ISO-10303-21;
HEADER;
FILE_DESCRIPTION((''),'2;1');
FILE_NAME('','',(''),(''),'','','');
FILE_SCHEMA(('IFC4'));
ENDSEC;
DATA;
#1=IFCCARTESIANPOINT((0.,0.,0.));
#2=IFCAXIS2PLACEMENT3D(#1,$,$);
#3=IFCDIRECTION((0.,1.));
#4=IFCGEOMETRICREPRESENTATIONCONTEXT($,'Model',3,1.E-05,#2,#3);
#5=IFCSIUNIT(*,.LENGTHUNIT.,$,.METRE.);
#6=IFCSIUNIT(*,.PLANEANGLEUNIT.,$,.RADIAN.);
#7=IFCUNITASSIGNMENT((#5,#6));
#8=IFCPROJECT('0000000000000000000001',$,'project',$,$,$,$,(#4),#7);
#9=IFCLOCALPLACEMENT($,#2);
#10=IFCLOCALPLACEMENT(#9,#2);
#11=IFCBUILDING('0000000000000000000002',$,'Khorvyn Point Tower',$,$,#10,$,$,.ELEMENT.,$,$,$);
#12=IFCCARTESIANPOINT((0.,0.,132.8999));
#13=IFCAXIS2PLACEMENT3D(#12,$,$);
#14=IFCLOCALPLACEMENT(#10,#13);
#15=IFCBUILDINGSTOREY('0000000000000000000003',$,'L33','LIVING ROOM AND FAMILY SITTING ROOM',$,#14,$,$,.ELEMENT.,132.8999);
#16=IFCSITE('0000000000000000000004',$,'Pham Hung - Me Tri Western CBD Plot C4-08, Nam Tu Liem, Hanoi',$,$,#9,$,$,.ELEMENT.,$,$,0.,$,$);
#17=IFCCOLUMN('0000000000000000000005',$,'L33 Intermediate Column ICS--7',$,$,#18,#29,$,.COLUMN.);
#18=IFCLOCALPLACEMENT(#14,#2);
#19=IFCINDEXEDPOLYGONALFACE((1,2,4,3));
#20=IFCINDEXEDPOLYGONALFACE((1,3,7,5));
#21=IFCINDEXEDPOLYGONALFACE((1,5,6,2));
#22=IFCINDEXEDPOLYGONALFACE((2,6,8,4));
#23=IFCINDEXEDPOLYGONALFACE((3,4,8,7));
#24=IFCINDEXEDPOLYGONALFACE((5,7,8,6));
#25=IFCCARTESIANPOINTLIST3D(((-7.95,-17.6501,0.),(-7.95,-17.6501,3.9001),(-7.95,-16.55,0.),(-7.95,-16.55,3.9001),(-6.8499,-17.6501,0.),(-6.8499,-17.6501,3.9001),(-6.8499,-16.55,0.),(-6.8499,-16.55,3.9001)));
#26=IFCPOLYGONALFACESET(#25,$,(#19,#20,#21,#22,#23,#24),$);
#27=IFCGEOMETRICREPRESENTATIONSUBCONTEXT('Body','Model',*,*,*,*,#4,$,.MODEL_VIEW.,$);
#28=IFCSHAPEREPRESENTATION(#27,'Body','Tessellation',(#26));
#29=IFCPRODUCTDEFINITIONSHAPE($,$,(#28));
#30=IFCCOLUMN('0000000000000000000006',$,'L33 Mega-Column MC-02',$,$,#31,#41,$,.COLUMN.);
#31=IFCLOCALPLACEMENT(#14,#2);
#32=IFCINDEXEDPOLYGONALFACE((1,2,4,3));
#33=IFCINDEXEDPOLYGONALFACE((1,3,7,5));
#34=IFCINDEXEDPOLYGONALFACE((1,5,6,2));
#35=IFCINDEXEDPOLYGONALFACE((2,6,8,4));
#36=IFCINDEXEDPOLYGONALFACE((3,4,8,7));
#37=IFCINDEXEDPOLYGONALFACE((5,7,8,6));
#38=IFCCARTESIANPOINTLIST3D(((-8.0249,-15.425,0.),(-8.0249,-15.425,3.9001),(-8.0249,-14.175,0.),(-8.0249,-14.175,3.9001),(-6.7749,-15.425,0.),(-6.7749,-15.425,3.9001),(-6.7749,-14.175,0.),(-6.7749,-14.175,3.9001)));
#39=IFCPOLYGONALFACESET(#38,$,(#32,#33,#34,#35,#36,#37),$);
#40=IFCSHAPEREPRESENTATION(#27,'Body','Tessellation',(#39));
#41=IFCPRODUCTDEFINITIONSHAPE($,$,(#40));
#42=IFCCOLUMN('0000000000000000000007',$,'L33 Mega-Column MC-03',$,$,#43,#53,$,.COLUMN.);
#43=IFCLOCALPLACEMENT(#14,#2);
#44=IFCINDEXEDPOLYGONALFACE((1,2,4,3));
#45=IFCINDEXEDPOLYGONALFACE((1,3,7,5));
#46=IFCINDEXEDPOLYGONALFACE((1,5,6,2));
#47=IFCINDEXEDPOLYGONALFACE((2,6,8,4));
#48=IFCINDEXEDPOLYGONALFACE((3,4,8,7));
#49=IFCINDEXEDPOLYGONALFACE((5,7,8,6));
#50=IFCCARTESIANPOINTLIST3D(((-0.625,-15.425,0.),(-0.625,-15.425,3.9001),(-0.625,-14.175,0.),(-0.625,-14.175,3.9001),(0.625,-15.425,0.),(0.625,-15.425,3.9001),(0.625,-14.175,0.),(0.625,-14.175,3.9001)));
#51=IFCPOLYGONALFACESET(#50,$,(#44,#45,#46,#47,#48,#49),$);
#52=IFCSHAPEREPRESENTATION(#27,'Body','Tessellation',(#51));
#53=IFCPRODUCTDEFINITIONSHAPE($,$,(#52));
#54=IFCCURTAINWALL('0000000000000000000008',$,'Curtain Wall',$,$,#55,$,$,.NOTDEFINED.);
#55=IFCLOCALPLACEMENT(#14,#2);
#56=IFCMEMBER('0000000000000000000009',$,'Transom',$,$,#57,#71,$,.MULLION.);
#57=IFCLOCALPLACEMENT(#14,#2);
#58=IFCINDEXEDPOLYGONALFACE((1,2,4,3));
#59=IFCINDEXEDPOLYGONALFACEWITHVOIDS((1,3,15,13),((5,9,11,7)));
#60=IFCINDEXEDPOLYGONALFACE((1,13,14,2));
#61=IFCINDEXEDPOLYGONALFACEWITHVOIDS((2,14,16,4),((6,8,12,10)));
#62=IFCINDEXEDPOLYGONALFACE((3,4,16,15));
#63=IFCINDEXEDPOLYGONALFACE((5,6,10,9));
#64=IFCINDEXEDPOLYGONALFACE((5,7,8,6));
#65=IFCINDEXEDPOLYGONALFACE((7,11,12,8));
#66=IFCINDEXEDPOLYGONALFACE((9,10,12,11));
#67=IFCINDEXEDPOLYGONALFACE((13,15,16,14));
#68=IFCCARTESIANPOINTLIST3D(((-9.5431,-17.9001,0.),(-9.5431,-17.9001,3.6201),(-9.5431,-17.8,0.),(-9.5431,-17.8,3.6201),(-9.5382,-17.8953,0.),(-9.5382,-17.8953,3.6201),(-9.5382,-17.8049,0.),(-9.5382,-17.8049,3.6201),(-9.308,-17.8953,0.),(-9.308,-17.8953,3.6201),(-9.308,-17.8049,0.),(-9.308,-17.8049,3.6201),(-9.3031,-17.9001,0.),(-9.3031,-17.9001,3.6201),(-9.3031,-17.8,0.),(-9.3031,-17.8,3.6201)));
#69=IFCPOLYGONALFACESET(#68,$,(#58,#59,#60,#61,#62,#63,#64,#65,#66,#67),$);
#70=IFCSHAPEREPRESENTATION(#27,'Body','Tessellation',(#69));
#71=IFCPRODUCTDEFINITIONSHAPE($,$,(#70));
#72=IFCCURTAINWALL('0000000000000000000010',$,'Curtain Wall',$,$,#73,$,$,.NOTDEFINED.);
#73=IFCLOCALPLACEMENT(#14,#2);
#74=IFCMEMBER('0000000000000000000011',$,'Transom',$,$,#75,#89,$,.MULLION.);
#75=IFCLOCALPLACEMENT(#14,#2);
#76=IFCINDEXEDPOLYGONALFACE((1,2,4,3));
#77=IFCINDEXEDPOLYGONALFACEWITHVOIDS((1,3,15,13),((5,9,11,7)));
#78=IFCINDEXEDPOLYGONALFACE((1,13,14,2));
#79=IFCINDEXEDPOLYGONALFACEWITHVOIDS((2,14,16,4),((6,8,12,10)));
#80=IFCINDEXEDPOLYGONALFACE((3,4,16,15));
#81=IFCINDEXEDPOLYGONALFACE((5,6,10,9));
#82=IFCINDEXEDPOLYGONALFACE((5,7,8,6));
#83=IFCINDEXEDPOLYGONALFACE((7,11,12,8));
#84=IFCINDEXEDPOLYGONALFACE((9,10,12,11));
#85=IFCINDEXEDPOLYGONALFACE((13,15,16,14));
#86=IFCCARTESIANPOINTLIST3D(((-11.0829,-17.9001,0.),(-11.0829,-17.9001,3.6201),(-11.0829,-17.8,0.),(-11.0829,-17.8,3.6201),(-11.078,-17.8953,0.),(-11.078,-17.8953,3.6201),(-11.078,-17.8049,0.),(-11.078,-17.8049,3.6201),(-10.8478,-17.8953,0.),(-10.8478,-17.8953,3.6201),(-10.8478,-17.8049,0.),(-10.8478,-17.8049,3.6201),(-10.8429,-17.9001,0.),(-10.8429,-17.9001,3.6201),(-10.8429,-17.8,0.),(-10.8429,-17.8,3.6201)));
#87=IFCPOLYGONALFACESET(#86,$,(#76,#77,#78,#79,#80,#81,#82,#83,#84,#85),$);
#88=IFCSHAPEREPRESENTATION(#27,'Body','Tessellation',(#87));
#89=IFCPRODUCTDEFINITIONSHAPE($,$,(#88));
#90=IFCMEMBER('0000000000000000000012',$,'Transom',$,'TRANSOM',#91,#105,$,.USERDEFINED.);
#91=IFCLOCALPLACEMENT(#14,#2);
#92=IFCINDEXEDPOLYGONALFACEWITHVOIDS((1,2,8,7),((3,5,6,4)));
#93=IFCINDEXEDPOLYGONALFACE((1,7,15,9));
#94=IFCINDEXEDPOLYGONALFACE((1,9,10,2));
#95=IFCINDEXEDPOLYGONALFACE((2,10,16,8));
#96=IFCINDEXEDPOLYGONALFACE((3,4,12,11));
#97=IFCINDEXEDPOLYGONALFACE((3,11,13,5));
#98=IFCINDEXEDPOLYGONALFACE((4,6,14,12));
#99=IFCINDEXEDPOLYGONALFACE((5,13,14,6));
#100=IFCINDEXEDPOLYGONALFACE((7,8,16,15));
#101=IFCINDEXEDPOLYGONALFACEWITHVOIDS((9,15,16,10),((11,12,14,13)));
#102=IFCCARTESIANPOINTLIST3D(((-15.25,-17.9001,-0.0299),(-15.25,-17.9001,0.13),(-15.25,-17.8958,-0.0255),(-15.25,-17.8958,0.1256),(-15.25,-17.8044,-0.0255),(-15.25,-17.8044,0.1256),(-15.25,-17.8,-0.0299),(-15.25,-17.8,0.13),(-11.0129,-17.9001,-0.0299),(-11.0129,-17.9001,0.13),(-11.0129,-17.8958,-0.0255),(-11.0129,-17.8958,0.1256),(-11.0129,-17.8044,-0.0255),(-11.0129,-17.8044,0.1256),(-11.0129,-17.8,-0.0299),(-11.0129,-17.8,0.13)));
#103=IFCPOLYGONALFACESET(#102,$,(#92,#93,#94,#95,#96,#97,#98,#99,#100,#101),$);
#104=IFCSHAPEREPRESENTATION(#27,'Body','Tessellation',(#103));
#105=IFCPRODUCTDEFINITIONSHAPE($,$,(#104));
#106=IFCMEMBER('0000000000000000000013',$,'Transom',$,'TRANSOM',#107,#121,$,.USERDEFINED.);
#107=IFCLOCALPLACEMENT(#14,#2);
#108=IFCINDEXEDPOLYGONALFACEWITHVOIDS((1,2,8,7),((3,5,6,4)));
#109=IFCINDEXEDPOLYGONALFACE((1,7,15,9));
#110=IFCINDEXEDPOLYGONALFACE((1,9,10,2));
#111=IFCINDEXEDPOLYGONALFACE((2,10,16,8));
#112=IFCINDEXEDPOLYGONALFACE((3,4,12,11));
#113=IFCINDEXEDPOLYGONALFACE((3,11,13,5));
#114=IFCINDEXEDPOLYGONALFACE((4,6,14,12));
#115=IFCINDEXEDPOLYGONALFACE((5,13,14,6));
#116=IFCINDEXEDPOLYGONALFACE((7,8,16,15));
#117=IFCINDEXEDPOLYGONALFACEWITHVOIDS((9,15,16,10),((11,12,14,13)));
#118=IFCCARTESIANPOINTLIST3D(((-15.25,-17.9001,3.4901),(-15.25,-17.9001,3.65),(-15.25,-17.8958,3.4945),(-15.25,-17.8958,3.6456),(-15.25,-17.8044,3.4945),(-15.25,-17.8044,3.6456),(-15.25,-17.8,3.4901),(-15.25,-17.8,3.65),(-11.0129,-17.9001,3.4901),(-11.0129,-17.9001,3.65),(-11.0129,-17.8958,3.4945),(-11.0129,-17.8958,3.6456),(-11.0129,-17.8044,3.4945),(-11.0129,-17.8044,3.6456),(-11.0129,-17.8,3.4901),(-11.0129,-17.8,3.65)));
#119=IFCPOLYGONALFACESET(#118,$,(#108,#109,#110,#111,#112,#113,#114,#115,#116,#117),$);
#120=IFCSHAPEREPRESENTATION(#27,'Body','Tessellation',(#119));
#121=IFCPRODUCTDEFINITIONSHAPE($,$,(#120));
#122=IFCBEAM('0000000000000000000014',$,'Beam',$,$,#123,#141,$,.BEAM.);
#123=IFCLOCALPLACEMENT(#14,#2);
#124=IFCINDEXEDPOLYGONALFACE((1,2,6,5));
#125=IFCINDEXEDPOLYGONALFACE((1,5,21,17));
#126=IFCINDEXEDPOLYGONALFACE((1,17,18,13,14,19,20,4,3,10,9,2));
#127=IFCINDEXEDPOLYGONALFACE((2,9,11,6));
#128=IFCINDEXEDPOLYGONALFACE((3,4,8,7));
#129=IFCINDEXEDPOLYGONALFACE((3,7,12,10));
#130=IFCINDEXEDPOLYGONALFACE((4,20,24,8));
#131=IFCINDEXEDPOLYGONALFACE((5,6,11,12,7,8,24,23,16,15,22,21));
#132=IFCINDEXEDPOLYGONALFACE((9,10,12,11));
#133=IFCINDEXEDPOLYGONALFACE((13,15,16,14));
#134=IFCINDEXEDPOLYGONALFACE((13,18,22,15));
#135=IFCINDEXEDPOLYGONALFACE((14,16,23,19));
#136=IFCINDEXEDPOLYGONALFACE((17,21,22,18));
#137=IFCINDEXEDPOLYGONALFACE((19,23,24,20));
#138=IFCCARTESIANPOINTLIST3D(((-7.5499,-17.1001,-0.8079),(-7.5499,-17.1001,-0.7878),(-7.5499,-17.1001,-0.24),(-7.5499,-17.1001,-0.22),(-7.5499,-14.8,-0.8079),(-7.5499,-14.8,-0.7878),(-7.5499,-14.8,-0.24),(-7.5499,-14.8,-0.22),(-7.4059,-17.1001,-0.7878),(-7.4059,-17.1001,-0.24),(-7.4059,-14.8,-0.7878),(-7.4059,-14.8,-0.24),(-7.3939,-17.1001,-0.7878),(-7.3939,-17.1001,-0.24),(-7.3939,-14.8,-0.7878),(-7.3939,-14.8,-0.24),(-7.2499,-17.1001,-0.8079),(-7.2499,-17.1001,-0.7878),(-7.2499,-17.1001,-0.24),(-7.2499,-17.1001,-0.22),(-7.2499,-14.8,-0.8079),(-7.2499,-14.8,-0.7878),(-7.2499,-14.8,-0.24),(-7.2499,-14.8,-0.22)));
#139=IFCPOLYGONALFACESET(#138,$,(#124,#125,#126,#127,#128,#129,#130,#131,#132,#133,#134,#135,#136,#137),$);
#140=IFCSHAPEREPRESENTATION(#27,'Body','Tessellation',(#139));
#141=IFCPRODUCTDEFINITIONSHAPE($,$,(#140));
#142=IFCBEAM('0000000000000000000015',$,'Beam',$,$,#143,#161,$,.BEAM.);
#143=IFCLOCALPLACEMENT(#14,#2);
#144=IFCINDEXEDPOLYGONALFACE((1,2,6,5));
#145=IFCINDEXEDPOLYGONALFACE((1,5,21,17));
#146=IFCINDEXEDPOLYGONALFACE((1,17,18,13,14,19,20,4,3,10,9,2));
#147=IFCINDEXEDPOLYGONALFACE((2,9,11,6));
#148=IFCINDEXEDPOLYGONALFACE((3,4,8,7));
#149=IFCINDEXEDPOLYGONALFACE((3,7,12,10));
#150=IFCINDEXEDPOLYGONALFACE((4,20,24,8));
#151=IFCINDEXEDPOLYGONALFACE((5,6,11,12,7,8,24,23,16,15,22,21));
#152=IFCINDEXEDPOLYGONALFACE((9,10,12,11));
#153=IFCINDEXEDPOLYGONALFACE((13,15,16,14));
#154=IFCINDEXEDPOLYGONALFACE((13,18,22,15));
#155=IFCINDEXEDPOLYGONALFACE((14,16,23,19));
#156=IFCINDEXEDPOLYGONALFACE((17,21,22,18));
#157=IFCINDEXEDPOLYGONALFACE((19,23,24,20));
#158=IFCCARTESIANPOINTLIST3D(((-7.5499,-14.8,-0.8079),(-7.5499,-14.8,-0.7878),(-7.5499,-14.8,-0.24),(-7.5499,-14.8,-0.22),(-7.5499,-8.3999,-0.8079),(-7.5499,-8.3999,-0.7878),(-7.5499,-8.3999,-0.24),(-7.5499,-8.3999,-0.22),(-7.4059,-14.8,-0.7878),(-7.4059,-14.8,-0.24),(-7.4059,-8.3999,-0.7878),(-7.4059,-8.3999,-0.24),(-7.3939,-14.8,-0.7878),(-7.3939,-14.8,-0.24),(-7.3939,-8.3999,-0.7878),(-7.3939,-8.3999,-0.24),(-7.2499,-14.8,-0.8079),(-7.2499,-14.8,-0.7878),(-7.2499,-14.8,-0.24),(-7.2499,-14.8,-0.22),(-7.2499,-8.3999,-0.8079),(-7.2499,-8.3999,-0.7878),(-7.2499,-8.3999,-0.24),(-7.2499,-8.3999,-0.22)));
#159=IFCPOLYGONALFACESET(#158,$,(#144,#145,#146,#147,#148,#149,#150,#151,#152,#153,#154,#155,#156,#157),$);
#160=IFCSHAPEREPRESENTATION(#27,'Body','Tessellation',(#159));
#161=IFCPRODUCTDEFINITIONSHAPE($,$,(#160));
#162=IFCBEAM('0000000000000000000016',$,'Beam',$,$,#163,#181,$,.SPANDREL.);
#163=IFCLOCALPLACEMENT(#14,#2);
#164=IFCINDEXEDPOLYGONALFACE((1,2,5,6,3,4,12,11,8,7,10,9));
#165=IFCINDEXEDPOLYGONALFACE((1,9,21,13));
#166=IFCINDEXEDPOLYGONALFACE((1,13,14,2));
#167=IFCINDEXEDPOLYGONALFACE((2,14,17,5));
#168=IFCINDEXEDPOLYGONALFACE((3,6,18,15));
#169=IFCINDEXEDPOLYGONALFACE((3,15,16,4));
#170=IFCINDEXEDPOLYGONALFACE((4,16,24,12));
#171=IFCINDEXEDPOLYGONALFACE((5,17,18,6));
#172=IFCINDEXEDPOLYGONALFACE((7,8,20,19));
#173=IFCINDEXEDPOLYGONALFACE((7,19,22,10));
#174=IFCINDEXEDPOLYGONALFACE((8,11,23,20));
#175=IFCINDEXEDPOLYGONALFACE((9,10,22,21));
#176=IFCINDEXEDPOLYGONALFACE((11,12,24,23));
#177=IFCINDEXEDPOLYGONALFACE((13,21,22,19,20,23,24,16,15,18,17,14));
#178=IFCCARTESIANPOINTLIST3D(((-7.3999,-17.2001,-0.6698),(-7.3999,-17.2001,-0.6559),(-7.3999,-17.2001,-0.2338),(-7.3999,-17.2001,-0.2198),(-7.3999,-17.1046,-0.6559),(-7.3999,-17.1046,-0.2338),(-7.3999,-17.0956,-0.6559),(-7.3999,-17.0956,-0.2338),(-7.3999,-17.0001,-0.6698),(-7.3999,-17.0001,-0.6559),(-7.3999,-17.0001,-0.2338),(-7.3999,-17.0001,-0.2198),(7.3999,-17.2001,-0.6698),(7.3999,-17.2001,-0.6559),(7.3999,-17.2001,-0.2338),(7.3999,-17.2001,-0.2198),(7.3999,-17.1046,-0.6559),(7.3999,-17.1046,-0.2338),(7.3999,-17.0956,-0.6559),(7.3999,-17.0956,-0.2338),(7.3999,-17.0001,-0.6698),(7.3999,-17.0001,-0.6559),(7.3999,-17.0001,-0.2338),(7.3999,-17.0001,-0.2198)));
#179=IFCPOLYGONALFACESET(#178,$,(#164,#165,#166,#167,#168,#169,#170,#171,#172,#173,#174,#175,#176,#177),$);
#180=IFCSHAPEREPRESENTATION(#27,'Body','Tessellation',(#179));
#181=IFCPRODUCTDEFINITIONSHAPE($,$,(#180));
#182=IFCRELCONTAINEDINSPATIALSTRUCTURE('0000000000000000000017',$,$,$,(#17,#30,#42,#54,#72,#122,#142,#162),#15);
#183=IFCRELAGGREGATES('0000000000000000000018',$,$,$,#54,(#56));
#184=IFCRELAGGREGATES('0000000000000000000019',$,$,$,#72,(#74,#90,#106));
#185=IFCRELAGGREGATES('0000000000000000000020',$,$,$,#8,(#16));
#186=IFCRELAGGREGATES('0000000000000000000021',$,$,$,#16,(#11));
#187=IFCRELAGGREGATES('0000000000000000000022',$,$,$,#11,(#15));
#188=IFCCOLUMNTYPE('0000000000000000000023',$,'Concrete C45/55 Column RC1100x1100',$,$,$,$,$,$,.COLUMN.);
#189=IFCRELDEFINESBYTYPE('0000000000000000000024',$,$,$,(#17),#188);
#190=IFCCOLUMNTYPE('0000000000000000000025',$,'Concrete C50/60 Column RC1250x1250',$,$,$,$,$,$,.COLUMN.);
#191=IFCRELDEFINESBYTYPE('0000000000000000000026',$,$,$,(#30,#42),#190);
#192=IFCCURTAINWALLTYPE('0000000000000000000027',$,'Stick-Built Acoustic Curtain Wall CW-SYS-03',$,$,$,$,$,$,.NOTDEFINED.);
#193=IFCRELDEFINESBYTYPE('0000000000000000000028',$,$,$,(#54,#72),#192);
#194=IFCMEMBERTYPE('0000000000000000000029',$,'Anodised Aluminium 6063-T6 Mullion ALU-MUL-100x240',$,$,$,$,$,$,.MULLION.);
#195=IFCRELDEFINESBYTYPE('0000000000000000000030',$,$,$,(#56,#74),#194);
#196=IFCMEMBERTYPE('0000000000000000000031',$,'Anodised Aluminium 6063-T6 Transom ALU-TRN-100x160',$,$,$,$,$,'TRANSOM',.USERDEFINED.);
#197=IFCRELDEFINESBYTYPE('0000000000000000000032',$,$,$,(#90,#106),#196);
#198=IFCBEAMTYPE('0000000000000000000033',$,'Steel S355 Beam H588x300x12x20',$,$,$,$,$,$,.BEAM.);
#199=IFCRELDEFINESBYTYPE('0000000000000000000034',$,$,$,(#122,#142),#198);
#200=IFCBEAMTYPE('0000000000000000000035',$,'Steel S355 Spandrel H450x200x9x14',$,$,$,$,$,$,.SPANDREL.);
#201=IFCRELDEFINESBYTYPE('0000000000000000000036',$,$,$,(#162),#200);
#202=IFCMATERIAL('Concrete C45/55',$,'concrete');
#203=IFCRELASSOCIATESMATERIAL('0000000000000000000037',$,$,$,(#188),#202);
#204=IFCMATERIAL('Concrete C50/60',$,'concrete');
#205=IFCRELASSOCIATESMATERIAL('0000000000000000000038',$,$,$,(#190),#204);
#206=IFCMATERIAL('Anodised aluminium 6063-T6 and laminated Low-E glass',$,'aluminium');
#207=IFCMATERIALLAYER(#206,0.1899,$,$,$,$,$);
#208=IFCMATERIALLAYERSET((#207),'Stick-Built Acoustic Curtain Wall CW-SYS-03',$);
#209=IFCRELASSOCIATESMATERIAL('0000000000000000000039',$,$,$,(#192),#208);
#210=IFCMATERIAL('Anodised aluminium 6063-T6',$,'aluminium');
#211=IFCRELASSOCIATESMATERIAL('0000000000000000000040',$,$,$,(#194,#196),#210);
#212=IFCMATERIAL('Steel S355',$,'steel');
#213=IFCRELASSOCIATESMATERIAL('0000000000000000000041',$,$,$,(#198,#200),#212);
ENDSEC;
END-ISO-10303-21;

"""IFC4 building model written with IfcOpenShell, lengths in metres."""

from ifc_helpers import new_model, si_unit, direction, frame, origin, origin_2d, place, context, subcontext, project, spatial, rectangle, hollow_rectangle, i_section, extrude, material, layer, layer_set, material_profile, profile_set, type_object, element, aggregate, save


model = new_model("IFC4")

# Units and contexts
model_context = context("Model", 3, precision=1e-05, world=origin(), true_north=direction((0.0, 1.0)))
body_context = subcontext(model_context, "Body", "Model", "MODEL_VIEW")
ifc_project = project(units=[si_unit("LENGTHUNIT", "METRE"), si_unit("PLANEANGLEUNIT", "RADIAN")], contexts=[model_context])

# Site, building, storey
site_placement = place(None, origin())
site = spatial("IfcSite", under=ifc_project, at=site_placement, Name="Pham Hung - Me Tri Western CBD Plot C4-08, Nam Tu Liem, Hanoi", CompositionType="ELEMENT", RefElevation=0.0)
building_placement = place(site_placement, origin())
building = spatial("IfcBuilding", under=site, at=building_placement, Name="Khorvyn Point Tower", CompositionType="ELEMENT")
storey_placement = place(building_placement, frame((0.0, 0.0, 132.8999)))
storey = spatial("IfcBuildingStorey", under=building, at=storey_placement, Name="L33", Description="LIVING ROOM AND FAMILY SITTING ROOM", CompositionType="ELEMENT", Elevation=132.8999)

# Columns
ifc_material_1 = material(Name="Concrete C45/55", Category="concrete")
ifc_material_profile_1 = material_profile(ifc_material_1, rectangle(XDim=1.1001, YDim=1.1001, at=origin_2d()))
ifc_profile_set_1 = profile_set([ifc_material_profile_1], Name="Concrete C45/55 RC1100x1100")
column_type_1 = type_object("IfcColumnType", Name="Concrete C45/55 Column RC1100x1100", PredefinedType="COLUMN", material=ifc_profile_set_1)
column_placement = place(storey_placement, frame((-7.3999, -17.1001, 0.0), z_axis=(0.0, 0.0, 1.0), x_axis=(1.0, 0.0, 0.0)))
element("IfcColumn", 1, at=column_placement, inside=storey, type_object=column_type_1, Name="L33 Intermediate Column ICS--7", PredefinedType="COLUMN", context=body_context, shape_type="SweptSolid", body=[
    extrude(rectangle(XDim=1.1001, YDim=1.1001, at=origin_2d()), origin(), (0.0, 0.0, 1.0), 3.9001),
])
ifc_material_2 = material(Name="Concrete C50/60", Category="concrete")
ifc_material_profile_2 = material_profile(ifc_material_2, rectangle(XDim=1.25, YDim=1.25, at=origin_2d()))
ifc_profile_set_2 = profile_set([ifc_material_profile_2], Name="Concrete C50/60 RC1250x1250")
column_type_2 = type_object("IfcColumnType", Name="Concrete C50/60 Column RC1250x1250", PredefinedType="COLUMN", material=ifc_profile_set_2)
for number, where, z_axis, x_axis, name in (
    (2, (-7.3999, -14.8, 0.0), (0.0, 0.0, 1.0), (1.0, 0.0, 0.0), "L33 Mega-Column MC-02"),
    (3, (0.0, -14.8, 0.0), (0.0, 0.0, 1.0), (1.0, 0.0, 0.0), "L33 Mega-Column MC-03"),
):
    element("IfcColumn", number, at=place(storey_placement, frame(where, z_axis=z_axis, x_axis=x_axis)), inside=storey, type_object=column_type_2, Name=name, PredefinedType="COLUMN", context=body_context, shape_type="SweptSolid", body=[
        extrude(rectangle(XDim=1.25, YDim=1.25, at=origin_2d()), origin(), (0.0, 0.0, 1.0), 3.9001),
    ])

# Curtain wall, member
ifc_material_3 = material(Name="Anodised aluminium 6063-T6 and laminated Low-E glass", Category="aluminium")
ifc_layer_1 = layer(ifc_material_3, 0.1899)
ifc_layer_set_1 = layer_set([ifc_layer_1], Name="Stick-Built Acoustic Curtain Wall CW-SYS-03")
curtain_wall_type = type_object("IfcCurtainWallType", Name="Stick-Built Acoustic Curtain Wall CW-SYS-03", PredefinedType="NOTDEFINED", material=ifc_layer_set_1)
curtain_wall_1_placement = place(storey_placement, origin())
curtain_wall_1 = element("IfcCurtainWall", 4, at=curtain_wall_1_placement, inside=storey, type_object=curtain_wall_type, Name="Curtain Wall", PredefinedType="NOTDEFINED")
ifc_material_4 = material(Name="Anodised aluminium 6063-T6", Category="aluminium")
ifc_material_profile_3 = material_profile(ifc_material_4, hollow_rectangle(XDim=0.1001, YDim=0.24, WallThickness=0.0049, at=origin_2d()))
ifc_profile_set_3 = profile_set([ifc_material_profile_3], Name="Anodised aluminium 6063-T6 ALU-MUL-100x240")
member_type_1 = type_object("IfcMemberType", Name="Anodised Aluminium 6063-T6 Mullion ALU-MUL-100x240", PredefinedType="MULLION", material=ifc_profile_set_3)
member_1_placement = place(storey_placement, frame((-9.4231, -17.8501, 0.0), z_axis=(0.0, 0.0, 1.0), x_axis=(0.0, -1.0, 0.0)))
member_1 = element("IfcMember", 5, at=member_1_placement, type_object=member_type_1, Name="Transom", PredefinedType="MULLION", context=body_context, shape_type="SweptSolid", body=[
    extrude(hollow_rectangle(XDim=0.1001, YDim=0.24, WallThickness=0.0049, at=origin_2d()), origin(), (0.0, 0.0, 1.0), 3.6201),
])

# Curtain wall, members
curtain_wall_2_placement = place(storey_placement, origin())
curtain_wall_2 = element("IfcCurtainWall", 6, at=curtain_wall_2_placement, inside=storey, type_object=curtain_wall_type, Name="Curtain Wall", PredefinedType="NOTDEFINED")
member_2_placement = place(storey_placement, frame((-10.9629, -17.8501, 0.0), z_axis=(0.0, 0.0, 1.0), x_axis=(0.0, -1.0, 0.0)))
member_2 = element("IfcMember", 7, at=member_2_placement, type_object=member_type_1, Name="Transom", PredefinedType="MULLION", context=body_context, shape_type="SweptSolid", body=[
    extrude(hollow_rectangle(XDim=0.1001, YDim=0.24, WallThickness=0.0049, at=origin_2d()), origin(), (0.0, 0.0, 1.0), 3.6201),
])
ifc_material_profile_4 = material_profile(ifc_material_4, hollow_rectangle(XDim=0.1001, YDim=0.1599, WallThickness=0.0044, at=origin_2d()))
ifc_profile_set_4 = profile_set([ifc_material_profile_4], Name="Anodised aluminium 6063-T6 ALU-TRN-100x160")
member_type_2 = type_object("IfcMemberType", Name="Anodised Aluminium 6063-T6 Transom ALU-TRN-100x160", ElementType="TRANSOM", PredefinedType="USERDEFINED", material=ifc_profile_set_4)
member_3_placement = place(storey_placement, frame((-11.0129, -17.8501, 0.05), z_axis=(-1.0, 0.0, 0.0), x_axis=(0.0, -1.0, 0.0)))
member_3 = element("IfcMember", 8, at=member_3_placement, type_object=member_type_2, Name="Transom", ObjectType="TRANSOM", PredefinedType="USERDEFINED", context=body_context, shape_type="SweptSolid", body=[
    extrude(hollow_rectangle(XDim=0.1001, YDim=0.1599, WallThickness=0.0044, at=origin_2d()), origin(), (0.0, 0.0, 1.0), 4.2371),
])
member_4_placement = place(storey_placement, frame((-11.0129, -17.8501, 3.5701), z_axis=(-1.0, 0.0, 0.0), x_axis=(0.0, -1.0, 0.0)))
member_4 = element("IfcMember", 9, at=member_4_placement, type_object=member_type_2, Name="Transom", ObjectType="TRANSOM", PredefinedType="USERDEFINED", context=body_context, shape_type="SweptSolid", body=[
    extrude(hollow_rectangle(XDim=0.1001, YDim=0.1599, WallThickness=0.0044, at=origin_2d()), origin(), (0.0, 0.0, 1.0), 4.2371),
])

# Beams
ifc_material_5 = material(Name="Steel S355", Category="steel")
ifc_material_profile_5 = material_profile(ifc_material_5, i_section(OverallWidth=0.3, OverallDepth=0.5879, WebThickness=0.012, FlangeThickness=0.02, at=origin_2d()))
ifc_profile_set_5 = profile_set([ifc_material_profile_5], Name="Steel S355 H588x300x12x20")
beam_type_1 = type_object("IfcBeamType", Name="Steel S355 Beam H588x300x12x20", PredefinedType="BEAM", material=ifc_profile_set_5)
beam_1_placement = place(storey_placement, frame((-7.3999, -17.1001, -0.5139), z_axis=(0.0, 1.0, 0.0), x_axis=(-1.0, 0.0, 0.0)))
element("IfcBeam", 10, at=beam_1_placement, inside=storey, type_object=beam_type_1, Name="Beam", PredefinedType="BEAM", context=body_context, shape_type="SweptSolid", body=[
    extrude(i_section(OverallWidth=0.3, OverallDepth=0.5879, WebThickness=0.012, FlangeThickness=0.02, at=origin_2d()), origin(), (0.0, 0.0, 1.0), 2.3),
])
beam_2_placement = place(storey_placement, frame((-7.3999, -14.8, -0.5139), z_axis=(0.0, 1.0, 0.0), x_axis=(-1.0, 0.0, 0.0)))
element("IfcBeam", 11, at=beam_2_placement, inside=storey, type_object=beam_type_1, Name="Beam", PredefinedType="BEAM", context=body_context, shape_type="SweptSolid", body=[
    extrude(i_section(OverallWidth=0.3, OverallDepth=0.5879, WebThickness=0.012, FlangeThickness=0.02, at=origin_2d()), origin(), (0.0, 0.0, 1.0), 6.4001),
])
ifc_material_profile_6 = material_profile(ifc_material_5, i_section(OverallWidth=0.2, OverallDepth=0.45, WebThickness=0.009, FlangeThickness=0.0139, at=origin_2d()))
ifc_profile_set_6 = profile_set([ifc_material_profile_6], Name="Steel S355 H450x200x9x14")
beam_type_2 = type_object("IfcBeamType", Name="Steel S355 Spandrel H450x200x9x14", PredefinedType="SPANDREL", material=ifc_profile_set_6)
beam_3_placement = place(storey_placement, frame((-7.3999, -17.1001, -0.4448), z_axis=(1.0, 0.0, 0.0), x_axis=(0.0, 1.0, 0.0)))
element("IfcBeam", 12, at=beam_3_placement, inside=storey, type_object=beam_type_2, Name="Beam", PredefinedType="SPANDREL", context=body_context, shape_type="SweptSolid", body=[
    extrude(i_section(OverallWidth=0.2, OverallDepth=0.45, WebThickness=0.009, FlangeThickness=0.0139, at=origin_2d()), origin(), (0.0, 0.0, 1.0), 14.7998),
])

aggregate(curtain_wall_1, [member_1])
aggregate(curtain_wall_2, [member_2, member_3, member_4])

save(model, "model.ifc")
